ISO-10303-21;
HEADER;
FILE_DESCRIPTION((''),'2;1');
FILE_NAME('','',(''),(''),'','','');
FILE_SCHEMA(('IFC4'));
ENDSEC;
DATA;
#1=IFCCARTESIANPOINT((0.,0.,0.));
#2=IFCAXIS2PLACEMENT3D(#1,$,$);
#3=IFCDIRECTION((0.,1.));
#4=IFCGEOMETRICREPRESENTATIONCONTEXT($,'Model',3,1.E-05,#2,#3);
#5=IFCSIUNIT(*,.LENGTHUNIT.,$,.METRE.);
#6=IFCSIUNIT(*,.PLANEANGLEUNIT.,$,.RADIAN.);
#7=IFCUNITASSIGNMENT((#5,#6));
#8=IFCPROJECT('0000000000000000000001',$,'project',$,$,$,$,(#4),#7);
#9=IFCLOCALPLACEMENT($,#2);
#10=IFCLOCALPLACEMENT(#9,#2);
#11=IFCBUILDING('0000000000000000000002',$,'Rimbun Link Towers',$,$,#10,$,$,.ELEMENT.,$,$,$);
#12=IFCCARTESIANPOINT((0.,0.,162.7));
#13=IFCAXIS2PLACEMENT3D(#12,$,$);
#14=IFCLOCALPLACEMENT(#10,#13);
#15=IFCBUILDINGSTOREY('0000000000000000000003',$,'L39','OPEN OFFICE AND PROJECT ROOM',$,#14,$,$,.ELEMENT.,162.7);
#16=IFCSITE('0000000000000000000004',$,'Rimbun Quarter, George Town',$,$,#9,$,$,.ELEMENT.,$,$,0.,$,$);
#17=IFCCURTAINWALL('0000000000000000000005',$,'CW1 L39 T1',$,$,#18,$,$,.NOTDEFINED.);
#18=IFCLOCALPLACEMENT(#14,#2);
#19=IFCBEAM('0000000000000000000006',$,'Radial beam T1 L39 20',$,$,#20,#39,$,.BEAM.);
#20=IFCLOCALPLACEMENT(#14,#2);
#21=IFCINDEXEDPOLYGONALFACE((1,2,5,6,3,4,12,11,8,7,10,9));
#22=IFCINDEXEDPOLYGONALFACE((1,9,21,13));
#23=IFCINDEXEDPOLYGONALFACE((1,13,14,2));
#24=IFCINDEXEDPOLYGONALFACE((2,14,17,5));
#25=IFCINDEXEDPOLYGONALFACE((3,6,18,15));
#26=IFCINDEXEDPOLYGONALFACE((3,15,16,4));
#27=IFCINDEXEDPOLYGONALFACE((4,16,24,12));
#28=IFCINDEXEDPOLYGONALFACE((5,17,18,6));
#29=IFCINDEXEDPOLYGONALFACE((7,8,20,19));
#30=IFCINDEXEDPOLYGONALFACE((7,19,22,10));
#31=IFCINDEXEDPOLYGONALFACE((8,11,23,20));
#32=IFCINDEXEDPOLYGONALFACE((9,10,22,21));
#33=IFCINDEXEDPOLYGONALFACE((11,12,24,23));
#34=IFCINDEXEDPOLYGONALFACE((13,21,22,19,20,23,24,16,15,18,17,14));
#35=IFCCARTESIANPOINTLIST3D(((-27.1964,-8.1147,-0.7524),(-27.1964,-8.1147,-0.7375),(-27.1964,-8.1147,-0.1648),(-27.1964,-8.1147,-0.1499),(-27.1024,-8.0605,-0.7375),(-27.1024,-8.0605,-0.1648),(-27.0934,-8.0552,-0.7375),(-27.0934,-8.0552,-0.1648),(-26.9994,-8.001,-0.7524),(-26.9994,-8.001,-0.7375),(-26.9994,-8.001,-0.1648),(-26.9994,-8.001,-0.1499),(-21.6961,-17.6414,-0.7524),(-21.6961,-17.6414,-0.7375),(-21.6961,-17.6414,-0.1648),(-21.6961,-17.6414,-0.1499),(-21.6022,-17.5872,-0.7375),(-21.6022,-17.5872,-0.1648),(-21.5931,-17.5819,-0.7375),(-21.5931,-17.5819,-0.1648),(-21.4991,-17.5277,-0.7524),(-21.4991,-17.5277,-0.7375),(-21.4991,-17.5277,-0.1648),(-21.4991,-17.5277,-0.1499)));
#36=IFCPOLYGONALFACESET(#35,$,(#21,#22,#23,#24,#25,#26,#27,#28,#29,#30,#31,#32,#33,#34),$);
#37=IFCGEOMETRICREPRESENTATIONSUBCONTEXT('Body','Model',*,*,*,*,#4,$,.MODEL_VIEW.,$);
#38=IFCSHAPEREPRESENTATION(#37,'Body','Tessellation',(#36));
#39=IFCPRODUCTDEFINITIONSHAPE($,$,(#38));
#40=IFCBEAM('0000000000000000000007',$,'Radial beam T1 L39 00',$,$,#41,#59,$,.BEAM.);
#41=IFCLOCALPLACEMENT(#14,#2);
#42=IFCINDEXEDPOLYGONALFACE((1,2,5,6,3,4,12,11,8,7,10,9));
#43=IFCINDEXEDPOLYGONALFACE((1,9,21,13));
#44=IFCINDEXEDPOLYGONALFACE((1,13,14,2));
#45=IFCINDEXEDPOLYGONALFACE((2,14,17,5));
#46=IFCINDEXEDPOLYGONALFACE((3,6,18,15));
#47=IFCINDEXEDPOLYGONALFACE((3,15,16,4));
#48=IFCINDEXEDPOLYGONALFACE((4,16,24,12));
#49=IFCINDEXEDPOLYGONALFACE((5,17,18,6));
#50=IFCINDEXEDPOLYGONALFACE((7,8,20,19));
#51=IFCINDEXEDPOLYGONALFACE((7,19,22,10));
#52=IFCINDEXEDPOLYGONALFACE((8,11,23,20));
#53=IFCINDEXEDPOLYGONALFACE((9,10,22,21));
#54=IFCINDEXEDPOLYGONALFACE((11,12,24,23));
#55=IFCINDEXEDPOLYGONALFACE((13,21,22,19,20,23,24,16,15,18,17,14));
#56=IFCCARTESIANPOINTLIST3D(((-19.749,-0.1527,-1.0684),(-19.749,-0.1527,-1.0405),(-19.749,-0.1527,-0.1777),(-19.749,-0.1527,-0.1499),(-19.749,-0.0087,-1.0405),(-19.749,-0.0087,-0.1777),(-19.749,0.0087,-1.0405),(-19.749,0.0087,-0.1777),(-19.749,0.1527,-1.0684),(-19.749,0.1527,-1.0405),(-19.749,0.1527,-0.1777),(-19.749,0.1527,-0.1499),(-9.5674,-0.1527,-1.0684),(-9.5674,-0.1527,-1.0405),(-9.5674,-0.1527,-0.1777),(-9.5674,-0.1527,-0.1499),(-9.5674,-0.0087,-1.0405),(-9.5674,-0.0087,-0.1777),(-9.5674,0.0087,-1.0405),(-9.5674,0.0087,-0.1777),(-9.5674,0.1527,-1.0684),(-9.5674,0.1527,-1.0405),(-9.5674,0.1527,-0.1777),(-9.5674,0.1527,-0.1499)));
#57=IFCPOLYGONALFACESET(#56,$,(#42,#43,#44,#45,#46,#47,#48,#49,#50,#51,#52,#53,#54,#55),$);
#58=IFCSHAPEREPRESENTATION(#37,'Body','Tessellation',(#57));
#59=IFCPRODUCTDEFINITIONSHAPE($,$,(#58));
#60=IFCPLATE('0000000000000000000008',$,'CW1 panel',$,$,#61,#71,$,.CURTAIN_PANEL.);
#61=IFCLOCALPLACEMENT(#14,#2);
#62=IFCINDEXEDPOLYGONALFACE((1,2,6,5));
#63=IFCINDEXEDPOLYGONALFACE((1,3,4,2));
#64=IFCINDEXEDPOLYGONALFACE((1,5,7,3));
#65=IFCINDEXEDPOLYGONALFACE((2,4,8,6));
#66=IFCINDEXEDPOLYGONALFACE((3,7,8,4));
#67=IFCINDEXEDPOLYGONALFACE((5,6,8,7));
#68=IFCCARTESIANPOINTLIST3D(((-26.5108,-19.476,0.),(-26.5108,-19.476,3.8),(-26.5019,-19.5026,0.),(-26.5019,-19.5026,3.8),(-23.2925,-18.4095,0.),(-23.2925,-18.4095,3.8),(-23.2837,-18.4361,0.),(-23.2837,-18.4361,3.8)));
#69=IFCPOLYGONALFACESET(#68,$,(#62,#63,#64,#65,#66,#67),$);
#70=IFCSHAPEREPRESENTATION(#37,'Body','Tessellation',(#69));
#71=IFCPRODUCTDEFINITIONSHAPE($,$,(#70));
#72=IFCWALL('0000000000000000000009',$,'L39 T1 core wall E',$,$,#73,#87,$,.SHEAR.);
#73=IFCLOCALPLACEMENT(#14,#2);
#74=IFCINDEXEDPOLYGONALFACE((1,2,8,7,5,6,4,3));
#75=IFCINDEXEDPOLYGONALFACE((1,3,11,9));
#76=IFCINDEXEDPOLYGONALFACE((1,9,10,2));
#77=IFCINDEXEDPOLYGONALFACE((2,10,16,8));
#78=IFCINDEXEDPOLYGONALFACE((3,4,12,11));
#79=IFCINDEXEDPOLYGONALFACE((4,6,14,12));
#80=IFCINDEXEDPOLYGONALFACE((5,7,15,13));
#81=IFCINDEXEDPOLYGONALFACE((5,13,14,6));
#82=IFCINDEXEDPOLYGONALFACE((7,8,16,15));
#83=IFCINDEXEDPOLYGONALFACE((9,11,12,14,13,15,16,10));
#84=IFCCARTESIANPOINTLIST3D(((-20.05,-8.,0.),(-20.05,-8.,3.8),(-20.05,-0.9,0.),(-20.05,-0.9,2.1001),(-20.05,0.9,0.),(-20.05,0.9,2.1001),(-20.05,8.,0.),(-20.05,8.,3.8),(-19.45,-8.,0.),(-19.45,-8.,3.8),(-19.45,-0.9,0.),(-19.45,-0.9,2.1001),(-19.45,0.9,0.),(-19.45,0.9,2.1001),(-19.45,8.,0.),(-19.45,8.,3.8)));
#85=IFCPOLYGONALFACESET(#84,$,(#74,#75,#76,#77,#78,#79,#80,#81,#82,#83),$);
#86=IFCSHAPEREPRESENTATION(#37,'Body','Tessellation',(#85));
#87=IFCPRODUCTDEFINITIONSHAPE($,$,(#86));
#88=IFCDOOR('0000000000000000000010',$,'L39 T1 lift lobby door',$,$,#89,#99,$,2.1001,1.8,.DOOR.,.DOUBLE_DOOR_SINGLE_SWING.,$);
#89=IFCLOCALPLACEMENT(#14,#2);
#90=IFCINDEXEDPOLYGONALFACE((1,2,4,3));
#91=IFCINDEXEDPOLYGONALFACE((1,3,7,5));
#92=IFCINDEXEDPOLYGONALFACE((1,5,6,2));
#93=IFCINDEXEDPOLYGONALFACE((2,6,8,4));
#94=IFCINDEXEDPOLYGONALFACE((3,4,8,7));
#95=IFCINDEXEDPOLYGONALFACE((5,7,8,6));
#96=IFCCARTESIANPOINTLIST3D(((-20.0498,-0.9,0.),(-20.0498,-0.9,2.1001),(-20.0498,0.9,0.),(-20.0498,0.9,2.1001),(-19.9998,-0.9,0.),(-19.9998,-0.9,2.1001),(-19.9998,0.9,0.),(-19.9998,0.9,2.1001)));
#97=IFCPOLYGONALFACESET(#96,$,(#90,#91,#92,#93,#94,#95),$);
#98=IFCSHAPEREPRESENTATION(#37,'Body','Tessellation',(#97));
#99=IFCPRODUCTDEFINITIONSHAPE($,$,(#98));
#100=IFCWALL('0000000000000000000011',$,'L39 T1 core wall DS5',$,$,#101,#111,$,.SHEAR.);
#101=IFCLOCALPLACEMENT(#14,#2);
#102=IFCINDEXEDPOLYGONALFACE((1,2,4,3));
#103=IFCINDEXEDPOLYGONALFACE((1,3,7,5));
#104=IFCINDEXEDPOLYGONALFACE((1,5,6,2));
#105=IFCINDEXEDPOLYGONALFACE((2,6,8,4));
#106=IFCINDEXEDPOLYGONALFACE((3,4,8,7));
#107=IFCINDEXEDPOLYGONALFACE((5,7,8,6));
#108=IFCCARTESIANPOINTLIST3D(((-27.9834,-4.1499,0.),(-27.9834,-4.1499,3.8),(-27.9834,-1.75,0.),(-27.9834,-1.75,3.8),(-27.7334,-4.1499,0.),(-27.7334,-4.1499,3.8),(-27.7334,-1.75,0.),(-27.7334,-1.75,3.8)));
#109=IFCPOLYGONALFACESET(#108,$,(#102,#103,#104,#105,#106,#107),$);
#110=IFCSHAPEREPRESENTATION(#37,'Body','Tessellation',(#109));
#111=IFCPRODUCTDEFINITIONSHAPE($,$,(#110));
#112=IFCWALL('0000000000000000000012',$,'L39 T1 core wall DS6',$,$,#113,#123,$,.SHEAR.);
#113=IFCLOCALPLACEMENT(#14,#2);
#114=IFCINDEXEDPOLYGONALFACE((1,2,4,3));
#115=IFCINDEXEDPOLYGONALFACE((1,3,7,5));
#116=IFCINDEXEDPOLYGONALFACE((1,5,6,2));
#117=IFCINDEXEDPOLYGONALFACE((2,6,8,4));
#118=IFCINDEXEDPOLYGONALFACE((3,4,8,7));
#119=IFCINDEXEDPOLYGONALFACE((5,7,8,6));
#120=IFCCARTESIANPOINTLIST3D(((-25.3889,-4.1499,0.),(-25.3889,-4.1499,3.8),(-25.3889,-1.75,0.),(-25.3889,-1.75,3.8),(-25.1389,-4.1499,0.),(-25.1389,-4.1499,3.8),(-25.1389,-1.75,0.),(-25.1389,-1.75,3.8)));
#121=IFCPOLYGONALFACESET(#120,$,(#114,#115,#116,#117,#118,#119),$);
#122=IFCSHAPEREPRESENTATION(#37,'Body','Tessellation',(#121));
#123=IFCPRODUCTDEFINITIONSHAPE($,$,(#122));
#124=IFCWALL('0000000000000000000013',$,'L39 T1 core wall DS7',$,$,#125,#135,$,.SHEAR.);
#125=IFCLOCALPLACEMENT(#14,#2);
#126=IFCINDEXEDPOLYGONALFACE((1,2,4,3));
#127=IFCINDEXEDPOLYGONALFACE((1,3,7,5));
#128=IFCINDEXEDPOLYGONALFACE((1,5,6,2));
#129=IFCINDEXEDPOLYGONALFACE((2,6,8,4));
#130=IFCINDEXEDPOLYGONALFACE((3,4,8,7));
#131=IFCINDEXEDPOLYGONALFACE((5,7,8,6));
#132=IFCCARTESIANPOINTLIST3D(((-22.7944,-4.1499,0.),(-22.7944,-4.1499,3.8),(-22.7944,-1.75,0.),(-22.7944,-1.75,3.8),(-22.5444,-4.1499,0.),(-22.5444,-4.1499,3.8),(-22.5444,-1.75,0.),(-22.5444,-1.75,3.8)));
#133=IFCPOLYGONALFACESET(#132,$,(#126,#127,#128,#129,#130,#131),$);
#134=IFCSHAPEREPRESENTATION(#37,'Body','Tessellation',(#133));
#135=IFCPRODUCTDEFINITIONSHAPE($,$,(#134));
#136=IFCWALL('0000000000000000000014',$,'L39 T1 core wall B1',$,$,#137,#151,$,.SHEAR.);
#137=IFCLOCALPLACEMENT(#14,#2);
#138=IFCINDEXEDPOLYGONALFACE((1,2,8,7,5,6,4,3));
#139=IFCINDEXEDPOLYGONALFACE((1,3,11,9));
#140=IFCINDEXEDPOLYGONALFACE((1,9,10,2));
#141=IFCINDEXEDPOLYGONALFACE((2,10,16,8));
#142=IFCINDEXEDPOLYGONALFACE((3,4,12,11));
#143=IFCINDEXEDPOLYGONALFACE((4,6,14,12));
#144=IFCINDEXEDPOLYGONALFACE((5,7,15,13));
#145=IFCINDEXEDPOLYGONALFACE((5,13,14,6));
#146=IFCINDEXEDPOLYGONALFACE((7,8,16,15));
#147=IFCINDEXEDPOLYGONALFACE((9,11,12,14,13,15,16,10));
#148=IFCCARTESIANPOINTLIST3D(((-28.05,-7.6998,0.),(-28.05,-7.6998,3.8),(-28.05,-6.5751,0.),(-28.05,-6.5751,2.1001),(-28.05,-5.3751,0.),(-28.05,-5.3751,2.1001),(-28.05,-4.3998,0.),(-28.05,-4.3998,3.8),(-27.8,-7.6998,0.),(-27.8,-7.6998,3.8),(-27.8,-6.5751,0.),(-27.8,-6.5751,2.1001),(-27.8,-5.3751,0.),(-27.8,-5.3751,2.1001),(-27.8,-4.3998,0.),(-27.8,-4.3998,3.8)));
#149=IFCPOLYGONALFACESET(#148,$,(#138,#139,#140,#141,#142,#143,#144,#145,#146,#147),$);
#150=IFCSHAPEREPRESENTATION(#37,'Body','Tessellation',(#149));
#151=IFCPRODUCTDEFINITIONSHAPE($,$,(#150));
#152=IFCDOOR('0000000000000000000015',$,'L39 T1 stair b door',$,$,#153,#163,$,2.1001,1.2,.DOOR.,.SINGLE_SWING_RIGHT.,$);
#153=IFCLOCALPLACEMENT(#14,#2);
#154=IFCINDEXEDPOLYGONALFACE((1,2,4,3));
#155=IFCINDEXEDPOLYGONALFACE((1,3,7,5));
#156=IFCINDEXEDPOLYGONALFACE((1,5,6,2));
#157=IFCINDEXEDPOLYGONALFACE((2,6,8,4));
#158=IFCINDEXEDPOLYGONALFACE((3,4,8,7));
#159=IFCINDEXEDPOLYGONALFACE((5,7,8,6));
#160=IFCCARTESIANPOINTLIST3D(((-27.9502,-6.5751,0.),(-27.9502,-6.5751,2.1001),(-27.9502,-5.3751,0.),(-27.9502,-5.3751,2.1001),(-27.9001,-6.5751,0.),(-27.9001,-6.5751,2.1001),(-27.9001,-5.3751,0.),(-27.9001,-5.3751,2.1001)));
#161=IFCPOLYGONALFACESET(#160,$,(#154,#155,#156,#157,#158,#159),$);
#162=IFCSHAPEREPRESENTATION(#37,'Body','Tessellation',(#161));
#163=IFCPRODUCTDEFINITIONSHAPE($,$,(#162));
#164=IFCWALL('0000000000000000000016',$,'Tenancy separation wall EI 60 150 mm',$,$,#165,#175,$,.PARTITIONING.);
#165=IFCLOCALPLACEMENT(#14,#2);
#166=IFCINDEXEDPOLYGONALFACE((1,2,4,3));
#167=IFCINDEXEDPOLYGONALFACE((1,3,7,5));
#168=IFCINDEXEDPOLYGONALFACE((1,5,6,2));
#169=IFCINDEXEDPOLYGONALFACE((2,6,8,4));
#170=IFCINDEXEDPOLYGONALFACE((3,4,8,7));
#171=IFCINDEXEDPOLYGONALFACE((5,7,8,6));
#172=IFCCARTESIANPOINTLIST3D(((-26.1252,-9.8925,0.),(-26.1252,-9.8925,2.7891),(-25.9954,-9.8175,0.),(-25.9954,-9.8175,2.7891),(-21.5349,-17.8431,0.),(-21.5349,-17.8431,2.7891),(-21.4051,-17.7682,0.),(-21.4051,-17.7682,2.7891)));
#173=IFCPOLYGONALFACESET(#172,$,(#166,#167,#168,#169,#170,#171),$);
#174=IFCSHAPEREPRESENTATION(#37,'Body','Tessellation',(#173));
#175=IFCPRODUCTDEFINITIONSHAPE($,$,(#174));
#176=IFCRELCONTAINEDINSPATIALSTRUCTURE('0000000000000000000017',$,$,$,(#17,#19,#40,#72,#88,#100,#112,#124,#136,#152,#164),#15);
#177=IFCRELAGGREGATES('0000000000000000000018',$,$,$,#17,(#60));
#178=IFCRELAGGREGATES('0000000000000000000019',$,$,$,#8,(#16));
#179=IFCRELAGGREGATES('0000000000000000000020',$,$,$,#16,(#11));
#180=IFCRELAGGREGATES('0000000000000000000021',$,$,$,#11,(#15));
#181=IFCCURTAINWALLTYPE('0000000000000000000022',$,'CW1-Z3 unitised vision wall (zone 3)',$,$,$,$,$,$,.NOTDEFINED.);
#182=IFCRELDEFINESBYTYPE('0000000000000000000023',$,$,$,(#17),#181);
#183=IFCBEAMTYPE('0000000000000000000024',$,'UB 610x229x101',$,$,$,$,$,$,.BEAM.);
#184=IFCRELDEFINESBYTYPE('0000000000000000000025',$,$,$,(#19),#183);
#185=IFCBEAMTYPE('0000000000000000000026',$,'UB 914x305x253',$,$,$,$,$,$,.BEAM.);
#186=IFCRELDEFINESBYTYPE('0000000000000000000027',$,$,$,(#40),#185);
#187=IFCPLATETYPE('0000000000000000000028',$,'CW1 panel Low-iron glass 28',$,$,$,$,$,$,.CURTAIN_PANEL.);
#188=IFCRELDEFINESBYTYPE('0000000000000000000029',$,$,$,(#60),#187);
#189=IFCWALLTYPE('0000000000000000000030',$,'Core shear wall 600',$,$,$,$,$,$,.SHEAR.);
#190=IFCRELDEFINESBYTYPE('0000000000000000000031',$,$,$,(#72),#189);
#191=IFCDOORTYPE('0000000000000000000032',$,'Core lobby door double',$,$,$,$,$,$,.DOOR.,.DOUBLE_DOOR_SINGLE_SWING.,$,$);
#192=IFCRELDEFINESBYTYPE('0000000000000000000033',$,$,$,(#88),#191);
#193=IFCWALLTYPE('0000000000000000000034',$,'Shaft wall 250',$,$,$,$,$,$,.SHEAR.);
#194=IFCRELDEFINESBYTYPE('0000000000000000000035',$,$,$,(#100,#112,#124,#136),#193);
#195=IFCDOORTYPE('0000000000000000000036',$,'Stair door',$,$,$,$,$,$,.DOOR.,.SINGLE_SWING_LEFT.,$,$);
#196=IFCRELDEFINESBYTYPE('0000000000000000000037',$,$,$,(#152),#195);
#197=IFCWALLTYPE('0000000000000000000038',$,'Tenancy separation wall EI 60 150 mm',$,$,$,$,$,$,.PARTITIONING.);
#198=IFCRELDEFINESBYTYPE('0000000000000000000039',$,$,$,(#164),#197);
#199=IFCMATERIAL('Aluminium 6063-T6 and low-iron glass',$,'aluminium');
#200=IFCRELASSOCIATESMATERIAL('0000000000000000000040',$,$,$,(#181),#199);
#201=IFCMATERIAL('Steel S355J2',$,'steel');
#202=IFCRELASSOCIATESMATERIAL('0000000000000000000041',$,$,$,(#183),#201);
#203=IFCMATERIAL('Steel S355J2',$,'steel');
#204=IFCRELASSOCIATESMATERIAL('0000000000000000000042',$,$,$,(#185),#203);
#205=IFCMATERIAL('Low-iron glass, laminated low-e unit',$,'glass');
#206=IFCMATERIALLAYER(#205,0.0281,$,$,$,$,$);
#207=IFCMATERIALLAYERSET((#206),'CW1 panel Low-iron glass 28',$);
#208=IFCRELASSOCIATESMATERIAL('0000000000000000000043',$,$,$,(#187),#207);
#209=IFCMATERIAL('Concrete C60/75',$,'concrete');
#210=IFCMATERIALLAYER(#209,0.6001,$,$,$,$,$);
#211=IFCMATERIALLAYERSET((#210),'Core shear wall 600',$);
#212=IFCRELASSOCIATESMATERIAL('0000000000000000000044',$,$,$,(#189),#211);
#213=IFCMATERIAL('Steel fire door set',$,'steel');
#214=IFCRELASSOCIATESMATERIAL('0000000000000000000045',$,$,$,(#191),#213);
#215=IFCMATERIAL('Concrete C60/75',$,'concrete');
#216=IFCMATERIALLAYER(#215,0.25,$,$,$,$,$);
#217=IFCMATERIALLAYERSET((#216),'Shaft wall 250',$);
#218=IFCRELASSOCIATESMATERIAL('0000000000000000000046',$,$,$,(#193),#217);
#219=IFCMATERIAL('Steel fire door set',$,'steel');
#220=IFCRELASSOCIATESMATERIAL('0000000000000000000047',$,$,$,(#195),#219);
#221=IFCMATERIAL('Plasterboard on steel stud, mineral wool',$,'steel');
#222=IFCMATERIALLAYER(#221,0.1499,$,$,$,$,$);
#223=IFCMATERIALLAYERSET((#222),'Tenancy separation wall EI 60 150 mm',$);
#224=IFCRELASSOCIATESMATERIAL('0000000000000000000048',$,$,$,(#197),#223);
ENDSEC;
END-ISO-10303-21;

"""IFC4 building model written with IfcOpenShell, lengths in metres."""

from ifc_helpers import new_model, si_unit, direction, frame, frame_2d, origin, origin_2d, place, context, subcontext, project, spatial, rectangle, i_section, extrude, material, layer, layer_set, material_profile, profile_set, type_object, element, fill, aggregate, save


model = new_model("IFC4")

# Units and contexts
model_context = context("Model", 3, precision=1e-05, world=origin(), true_north=direction((0.0, 1.0)))
body_context = subcontext(model_context, "Body", "Model", "MODEL_VIEW")
ifc_project = project(units=[si_unit("LENGTHUNIT", "METRE"), si_unit("PLANEANGLEUNIT", "RADIAN")], contexts=[model_context])

# Site, building, storey
site_placement = place(None, origin())
site = spatial("IfcSite", under=ifc_project, at=site_placement, Name="Rimbun Quarter, George Town", CompositionType="ELEMENT", RefElevation=0.0)
building_placement = place(site_placement, origin())
building = spatial("IfcBuilding", under=site, at=building_placement, Name="Rimbun Link Towers", CompositionType="ELEMENT")
storey_placement = place(building_placement, frame((0.0, 0.0, 162.7)))
storey = spatial("IfcBuildingStorey", under=building, at=storey_placement, Name="L39", Description="OPEN OFFICE AND PROJECT ROOM", CompositionType="ELEMENT", Elevation=162.7)

# Curtain wall
ifc_material_1 = material(Name="Aluminium 6063-T6 and low-iron glass", Category="aluminium")
curtain_wall_type = type_object("IfcCurtainWallType", Name="CW1-Z3 unitised vision wall (zone 3)", PredefinedType="NOTDEFINED", material=ifc_material_1)
curtain_wall_placement = place(storey_placement, origin())
curtain_wall = element("IfcCurtainWall", 1, at=curtain_wall_placement, inside=storey, type_object=curtain_wall_type, Name="CW1 L39 T1", PredefinedType="NOTDEFINED")

# Beams
ifc_material_2 = material(Name="Steel S355J2", Category="steel")
ifc_material_profile_1 = material_profile(ifc_material_2, i_section(OverallWidth=0.2275, OverallDepth=0.6025, WebThickness=0.0105, FlangeThickness=0.0149, at=origin_2d()), Name="UB 610x229x101")
ifc_profile_set_1 = profile_set([ifc_material_profile_1], Name="Steel S355J2")
beam_type_1 = type_object("IfcBeamType", Name="UB 610x229x101", PredefinedType="BEAM", material=ifc_profile_set_1)
beam_1_placement = place(storey_placement, frame((-27.0979, -8.0579, -0.4512), z_axis=(0.500004, -0.866023, 0.0), x_axis=(0.866023, 0.500004, 0.0)))
element("IfcBeam", 2, at=beam_1_placement, inside=storey, type_object=beam_type_1, Name="Radial beam T1 L39 20", PredefinedType="BEAM", context=body_context, shape_type="SweptSolid", body=[
    extrude(i_section(OverallWidth=0.2275, OverallDepth=0.6025, WebThickness=0.0105, FlangeThickness=0.0149, at=origin_2d()), origin(), (0.0, 0.0, 1.0), 11.0005),
])
ifc_material_3 = material(Name="Steel S355J2", Category="steel")
ifc_material_profile_2 = material_profile(ifc_material_3, i_section(OverallWidth=0.3054, OverallDepth=0.9185, WebThickness=0.0173, FlangeThickness=0.0278, at=origin_2d()), Name="UB 914x305x253")
ifc_profile_set_2 = profile_set([ifc_material_profile_2], Name="Steel S355J2")
beam_type_2 = type_object("IfcBeamType", Name="UB 914x305x253", PredefinedType="BEAM", material=ifc_profile_set_2)
beam_2_placement = place(storey_placement, frame((-19.749, 0.0, -0.6091), z_axis=(1.0, 0.0, 0.0), x_axis=(0.0, 1.0, 0.0)))
element("IfcBeam", 3, at=beam_2_placement, inside=storey, type_object=beam_type_2, Name="Radial beam T1 L39 00", PredefinedType="BEAM", context=body_context, shape_type="SweptSolid", body=[
    extrude(i_section(OverallWidth=0.3054, OverallDepth=0.9185, WebThickness=0.0173, FlangeThickness=0.0278, at=origin_2d()), origin(), (0.0, 0.0, 1.0), 10.1816),
])

# Plate
ifc_material_4 = material(Name="Low-iron glass, laminated low-e unit", Category="glass")
ifc_layer_1 = layer(ifc_material_4, 0.0281)
ifc_layer_set_1 = layer_set([ifc_layer_1], Name="CW1 panel Low-iron glass 28")
plate_type = type_object("IfcPlateType", Name="CW1 panel Low-iron glass 28", PredefinedType="CURTAIN_PANEL", material=ifc_layer_set_1)
plate_placement = place(storey_placement, frame((-24.8972, -18.9561, 0.0), z_axis=(0.0, 0.0, 1.0), x_axis=(-0.949239, -0.314556, 0.0)))
plate = element("IfcPlate", 4, at=plate_placement, type_object=plate_type, Name="CW1 panel", PredefinedType="CURTAIN_PANEL", context=body_context, shape_type="SweptSolid", body=[
    extrude(rectangle(XDim=3.3904, YDim=0.0281, at=origin_2d()), origin(), (0.0, 0.0, 1.0), 3.8),
])
aggregate(curtain_wall, [plate])

# Wall, opening, door
ifc_material_5 = material(Name="Concrete C60/75", Category="concrete")
ifc_layer_2 = layer(ifc_material_5, 0.6001)
ifc_layer_set_2 = layer_set([ifc_layer_2], Name="Core shear wall 600")
wall_type_1 = type_object("IfcWallType", Name="Core shear wall 600", PredefinedType="SHEAR", material=ifc_layer_set_2)
wall_1_placement = place(storey_placement, frame((-19.75, -8.0, 0.0), z_axis=(0.0, 0.0, 1.0), x_axis=(0.0, 1.0, 0.0)))
wall_1 = element("IfcWall", 5, at=wall_1_placement, inside=storey, type_object=wall_type_1, Name="L39 T1 core wall E", PredefinedType="SHEAR", context=body_context, shape_type="SweptSolid", body=[
    extrude(rectangle(XDim=16.0, YDim=0.6001, at=frame_2d((8.0, 0.0))), origin(), (0.0, 0.0, 1.0), 3.8),
])
opening_1_placement = place(wall_1_placement, frame((7.1001, 0.0, 0.0)))
opening_1 = element("IfcOpeningElement", 6, at=opening_1_placement, cuts=wall_1, PredefinedType="OPENING", context=body_context, shape_type="SweptSolid", body=[
    extrude(rectangle(XDim=1.8, YDim=2.1001, at=frame_2d((0.8999, 1.05))), frame((0.0, 0.3101, 0.0), z_axis=(0.0, -1.0, 0.0), x_axis=(1.0, 0.0, 0.0)), (0.0, 0.0, 1.0), 0.6201),
])
ifc_material_6 = material(Name="Steel fire door set", Category="steel")
door_type_1 = type_object("IfcDoorType", Name="Core lobby door double", OperationType="DOUBLE_DOOR_SINGLE_SWING", PredefinedType="DOOR", material=ifc_material_6)
door_1_placement = place(opening_1_placement, origin())
door_1 = element("IfcDoor", 7, at=door_1_placement, inside=storey, type_object=door_type_1, Name="L39 T1 lift lobby door", OperationType="DOUBLE_DOOR_SINGLE_SWING", OverallHeight=2.1001, OverallWidth=1.8, PredefinedType="DOOR", context=body_context, shape_type="SweptSolid", body=[
    extrude(rectangle(XDim=1.8, YDim=2.1001, at=frame_2d((0.8999, 1.05))), frame((0.0, 0.2998, 0.0), z_axis=(0.0, -1.0, 0.0), x_axis=(1.0, 0.0, 0.0)), (0.0, 0.0, 1.0), 0.05),
])
fill(opening_1, door_1)

# Walls
ifc_material_7 = material(Name="Concrete C60/75", Category="concrete")
ifc_layer_3 = layer(ifc_material_7, 0.25)
ifc_layer_set_3 = layer_set([ifc_layer_3], Name="Shaft wall 250")
wall_type_2 = type_object("IfcWallType", Name="Shaft wall 250", PredefinedType="SHEAR", material=ifc_layer_set_3)
for number, where, z_axis, x_axis, name in (
    (8, (-27.8584, -4.1499, 0.0), (0.0, 0.0, 1.0), (0.0, 1.0, 0.0), "L39 T1 core wall DS5"),
    (9, (-25.2639, -4.1499, 0.0), (0.0, 0.0, 1.0), (0.0, 1.0, 0.0), "L39 T1 core wall DS6"),
    (10, (-22.6694, -4.1499, 0.0), (0.0, 0.0, 1.0), (0.0, 1.0, 0.0), "L39 T1 core wall DS7"),
):
    element("IfcWall", number, at=place(storey_placement, frame(where, z_axis=z_axis, x_axis=x_axis)), inside=storey, type_object=wall_type_2, Name=name, PredefinedType="SHEAR", context=body_context, shape_type="SweptSolid", body=[
        extrude(rectangle(XDim=2.3999, YDim=0.25, at=frame_2d((1.2, 0.0))), origin(), (0.0, 0.0, 1.0), 3.8),
    ])

# Wall, opening, door
wall_2_placement = place(storey_placement, frame((-27.925, -4.3999, 0.0), z_axis=(0.0, 0.0, 1.0), x_axis=(0.0, -1.0, 0.0)))
wall_2 = element("IfcWall", 11, at=wall_2_placement, inside=storey, type_object=wall_type_2, Name="L39 T1 core wall B1", PredefinedType="SHEAR", context=body_context, shape_type="SweptSolid", body=[
    extrude(rectangle(XDim=3.3, YDim=0.25, at=frame_2d((1.6499, 0.0))), origin(), (0.0, 0.0, 1.0), 3.8),
])
opening_2_placement = place(wall_2_placement, frame((0.9751, 0.0, 0.0)))
opening_2 = element("IfcOpeningElement", 12, at=opening_2_placement, cuts=wall_2, PredefinedType="OPENING", context=body_context, shape_type="SweptSolid", body=[
    extrude(rectangle(XDim=1.2, YDim=2.1001, at=frame_2d((0.6001, 1.05))), frame((0.0, 0.135, 0.0), z_axis=(0.0, -1.0, 0.0), x_axis=(1.0, 0.0, 0.0)), (0.0, 0.0, 1.0), 0.27),
])
ifc_material_8 = material(Name="Steel fire door set", Category="steel")
door_type_2 = type_object("IfcDoorType", Name="Stair door", OperationType="SINGLE_SWING_LEFT", PredefinedType="DOOR", material=ifc_material_8)
door_2_placement = place(opening_2_placement, origin())
door_2 = element("IfcDoor", 13, at=door_2_placement, inside=storey, type_object=door_type_2, Name="L39 T1 stair b door", OperationType="SINGLE_SWING_RIGHT", OverallHeight=2.1001, OverallWidth=1.2, PredefinedType="DOOR", context=body_context, shape_type="SweptSolid", body=[
    extrude(rectangle(XDim=1.2, YDim=2.1001, at=frame_2d((0.6001, 1.05))), frame((0.0, 0.0249, 0.0), z_axis=(0.0, -1.0, 0.0), x_axis=(1.0, 0.0, 0.0)), (0.0, 0.0, 1.0), 0.05),
])
fill(opening_2, door_2)

# Wall
ifc_material_9 = material(Name="Plasterboard on steel stud, mineral wool", Category="steel")
ifc_layer_4 = layer(ifc_material_9, 0.1499)
ifc_layer_set_4 = layer_set([ifc_layer_4], Name="Tenancy separation wall EI 60 150 mm")
wall_type_3 = type_object("IfcWallType", Name="Tenancy separation wall EI 60 150 mm", PredefinedType="PARTITIONING", material=ifc_layer_set_4)
wall_3_placement = place(storey_placement, frame((-26.0603, -9.855, 0.0), z_axis=(0.0, 0.0, 1.0), x_axis=(0.5, -0.866025, 0.0)))
element("IfcWall", 14, at=wall_3_placement, inside=storey, type_object=wall_type_3, Name="Tenancy separation wall EI 60 150 mm", PredefinedType="PARTITIONING", context=body_context, shape_type="SweptSolid", body=[
    extrude(rectangle(XDim=9.1807, YDim=0.1499, at=frame_2d((4.5903, 0.0))), origin(), (0.0, 0.0, 1.0), 2.7891),
])

save(model, "model.ifc")
